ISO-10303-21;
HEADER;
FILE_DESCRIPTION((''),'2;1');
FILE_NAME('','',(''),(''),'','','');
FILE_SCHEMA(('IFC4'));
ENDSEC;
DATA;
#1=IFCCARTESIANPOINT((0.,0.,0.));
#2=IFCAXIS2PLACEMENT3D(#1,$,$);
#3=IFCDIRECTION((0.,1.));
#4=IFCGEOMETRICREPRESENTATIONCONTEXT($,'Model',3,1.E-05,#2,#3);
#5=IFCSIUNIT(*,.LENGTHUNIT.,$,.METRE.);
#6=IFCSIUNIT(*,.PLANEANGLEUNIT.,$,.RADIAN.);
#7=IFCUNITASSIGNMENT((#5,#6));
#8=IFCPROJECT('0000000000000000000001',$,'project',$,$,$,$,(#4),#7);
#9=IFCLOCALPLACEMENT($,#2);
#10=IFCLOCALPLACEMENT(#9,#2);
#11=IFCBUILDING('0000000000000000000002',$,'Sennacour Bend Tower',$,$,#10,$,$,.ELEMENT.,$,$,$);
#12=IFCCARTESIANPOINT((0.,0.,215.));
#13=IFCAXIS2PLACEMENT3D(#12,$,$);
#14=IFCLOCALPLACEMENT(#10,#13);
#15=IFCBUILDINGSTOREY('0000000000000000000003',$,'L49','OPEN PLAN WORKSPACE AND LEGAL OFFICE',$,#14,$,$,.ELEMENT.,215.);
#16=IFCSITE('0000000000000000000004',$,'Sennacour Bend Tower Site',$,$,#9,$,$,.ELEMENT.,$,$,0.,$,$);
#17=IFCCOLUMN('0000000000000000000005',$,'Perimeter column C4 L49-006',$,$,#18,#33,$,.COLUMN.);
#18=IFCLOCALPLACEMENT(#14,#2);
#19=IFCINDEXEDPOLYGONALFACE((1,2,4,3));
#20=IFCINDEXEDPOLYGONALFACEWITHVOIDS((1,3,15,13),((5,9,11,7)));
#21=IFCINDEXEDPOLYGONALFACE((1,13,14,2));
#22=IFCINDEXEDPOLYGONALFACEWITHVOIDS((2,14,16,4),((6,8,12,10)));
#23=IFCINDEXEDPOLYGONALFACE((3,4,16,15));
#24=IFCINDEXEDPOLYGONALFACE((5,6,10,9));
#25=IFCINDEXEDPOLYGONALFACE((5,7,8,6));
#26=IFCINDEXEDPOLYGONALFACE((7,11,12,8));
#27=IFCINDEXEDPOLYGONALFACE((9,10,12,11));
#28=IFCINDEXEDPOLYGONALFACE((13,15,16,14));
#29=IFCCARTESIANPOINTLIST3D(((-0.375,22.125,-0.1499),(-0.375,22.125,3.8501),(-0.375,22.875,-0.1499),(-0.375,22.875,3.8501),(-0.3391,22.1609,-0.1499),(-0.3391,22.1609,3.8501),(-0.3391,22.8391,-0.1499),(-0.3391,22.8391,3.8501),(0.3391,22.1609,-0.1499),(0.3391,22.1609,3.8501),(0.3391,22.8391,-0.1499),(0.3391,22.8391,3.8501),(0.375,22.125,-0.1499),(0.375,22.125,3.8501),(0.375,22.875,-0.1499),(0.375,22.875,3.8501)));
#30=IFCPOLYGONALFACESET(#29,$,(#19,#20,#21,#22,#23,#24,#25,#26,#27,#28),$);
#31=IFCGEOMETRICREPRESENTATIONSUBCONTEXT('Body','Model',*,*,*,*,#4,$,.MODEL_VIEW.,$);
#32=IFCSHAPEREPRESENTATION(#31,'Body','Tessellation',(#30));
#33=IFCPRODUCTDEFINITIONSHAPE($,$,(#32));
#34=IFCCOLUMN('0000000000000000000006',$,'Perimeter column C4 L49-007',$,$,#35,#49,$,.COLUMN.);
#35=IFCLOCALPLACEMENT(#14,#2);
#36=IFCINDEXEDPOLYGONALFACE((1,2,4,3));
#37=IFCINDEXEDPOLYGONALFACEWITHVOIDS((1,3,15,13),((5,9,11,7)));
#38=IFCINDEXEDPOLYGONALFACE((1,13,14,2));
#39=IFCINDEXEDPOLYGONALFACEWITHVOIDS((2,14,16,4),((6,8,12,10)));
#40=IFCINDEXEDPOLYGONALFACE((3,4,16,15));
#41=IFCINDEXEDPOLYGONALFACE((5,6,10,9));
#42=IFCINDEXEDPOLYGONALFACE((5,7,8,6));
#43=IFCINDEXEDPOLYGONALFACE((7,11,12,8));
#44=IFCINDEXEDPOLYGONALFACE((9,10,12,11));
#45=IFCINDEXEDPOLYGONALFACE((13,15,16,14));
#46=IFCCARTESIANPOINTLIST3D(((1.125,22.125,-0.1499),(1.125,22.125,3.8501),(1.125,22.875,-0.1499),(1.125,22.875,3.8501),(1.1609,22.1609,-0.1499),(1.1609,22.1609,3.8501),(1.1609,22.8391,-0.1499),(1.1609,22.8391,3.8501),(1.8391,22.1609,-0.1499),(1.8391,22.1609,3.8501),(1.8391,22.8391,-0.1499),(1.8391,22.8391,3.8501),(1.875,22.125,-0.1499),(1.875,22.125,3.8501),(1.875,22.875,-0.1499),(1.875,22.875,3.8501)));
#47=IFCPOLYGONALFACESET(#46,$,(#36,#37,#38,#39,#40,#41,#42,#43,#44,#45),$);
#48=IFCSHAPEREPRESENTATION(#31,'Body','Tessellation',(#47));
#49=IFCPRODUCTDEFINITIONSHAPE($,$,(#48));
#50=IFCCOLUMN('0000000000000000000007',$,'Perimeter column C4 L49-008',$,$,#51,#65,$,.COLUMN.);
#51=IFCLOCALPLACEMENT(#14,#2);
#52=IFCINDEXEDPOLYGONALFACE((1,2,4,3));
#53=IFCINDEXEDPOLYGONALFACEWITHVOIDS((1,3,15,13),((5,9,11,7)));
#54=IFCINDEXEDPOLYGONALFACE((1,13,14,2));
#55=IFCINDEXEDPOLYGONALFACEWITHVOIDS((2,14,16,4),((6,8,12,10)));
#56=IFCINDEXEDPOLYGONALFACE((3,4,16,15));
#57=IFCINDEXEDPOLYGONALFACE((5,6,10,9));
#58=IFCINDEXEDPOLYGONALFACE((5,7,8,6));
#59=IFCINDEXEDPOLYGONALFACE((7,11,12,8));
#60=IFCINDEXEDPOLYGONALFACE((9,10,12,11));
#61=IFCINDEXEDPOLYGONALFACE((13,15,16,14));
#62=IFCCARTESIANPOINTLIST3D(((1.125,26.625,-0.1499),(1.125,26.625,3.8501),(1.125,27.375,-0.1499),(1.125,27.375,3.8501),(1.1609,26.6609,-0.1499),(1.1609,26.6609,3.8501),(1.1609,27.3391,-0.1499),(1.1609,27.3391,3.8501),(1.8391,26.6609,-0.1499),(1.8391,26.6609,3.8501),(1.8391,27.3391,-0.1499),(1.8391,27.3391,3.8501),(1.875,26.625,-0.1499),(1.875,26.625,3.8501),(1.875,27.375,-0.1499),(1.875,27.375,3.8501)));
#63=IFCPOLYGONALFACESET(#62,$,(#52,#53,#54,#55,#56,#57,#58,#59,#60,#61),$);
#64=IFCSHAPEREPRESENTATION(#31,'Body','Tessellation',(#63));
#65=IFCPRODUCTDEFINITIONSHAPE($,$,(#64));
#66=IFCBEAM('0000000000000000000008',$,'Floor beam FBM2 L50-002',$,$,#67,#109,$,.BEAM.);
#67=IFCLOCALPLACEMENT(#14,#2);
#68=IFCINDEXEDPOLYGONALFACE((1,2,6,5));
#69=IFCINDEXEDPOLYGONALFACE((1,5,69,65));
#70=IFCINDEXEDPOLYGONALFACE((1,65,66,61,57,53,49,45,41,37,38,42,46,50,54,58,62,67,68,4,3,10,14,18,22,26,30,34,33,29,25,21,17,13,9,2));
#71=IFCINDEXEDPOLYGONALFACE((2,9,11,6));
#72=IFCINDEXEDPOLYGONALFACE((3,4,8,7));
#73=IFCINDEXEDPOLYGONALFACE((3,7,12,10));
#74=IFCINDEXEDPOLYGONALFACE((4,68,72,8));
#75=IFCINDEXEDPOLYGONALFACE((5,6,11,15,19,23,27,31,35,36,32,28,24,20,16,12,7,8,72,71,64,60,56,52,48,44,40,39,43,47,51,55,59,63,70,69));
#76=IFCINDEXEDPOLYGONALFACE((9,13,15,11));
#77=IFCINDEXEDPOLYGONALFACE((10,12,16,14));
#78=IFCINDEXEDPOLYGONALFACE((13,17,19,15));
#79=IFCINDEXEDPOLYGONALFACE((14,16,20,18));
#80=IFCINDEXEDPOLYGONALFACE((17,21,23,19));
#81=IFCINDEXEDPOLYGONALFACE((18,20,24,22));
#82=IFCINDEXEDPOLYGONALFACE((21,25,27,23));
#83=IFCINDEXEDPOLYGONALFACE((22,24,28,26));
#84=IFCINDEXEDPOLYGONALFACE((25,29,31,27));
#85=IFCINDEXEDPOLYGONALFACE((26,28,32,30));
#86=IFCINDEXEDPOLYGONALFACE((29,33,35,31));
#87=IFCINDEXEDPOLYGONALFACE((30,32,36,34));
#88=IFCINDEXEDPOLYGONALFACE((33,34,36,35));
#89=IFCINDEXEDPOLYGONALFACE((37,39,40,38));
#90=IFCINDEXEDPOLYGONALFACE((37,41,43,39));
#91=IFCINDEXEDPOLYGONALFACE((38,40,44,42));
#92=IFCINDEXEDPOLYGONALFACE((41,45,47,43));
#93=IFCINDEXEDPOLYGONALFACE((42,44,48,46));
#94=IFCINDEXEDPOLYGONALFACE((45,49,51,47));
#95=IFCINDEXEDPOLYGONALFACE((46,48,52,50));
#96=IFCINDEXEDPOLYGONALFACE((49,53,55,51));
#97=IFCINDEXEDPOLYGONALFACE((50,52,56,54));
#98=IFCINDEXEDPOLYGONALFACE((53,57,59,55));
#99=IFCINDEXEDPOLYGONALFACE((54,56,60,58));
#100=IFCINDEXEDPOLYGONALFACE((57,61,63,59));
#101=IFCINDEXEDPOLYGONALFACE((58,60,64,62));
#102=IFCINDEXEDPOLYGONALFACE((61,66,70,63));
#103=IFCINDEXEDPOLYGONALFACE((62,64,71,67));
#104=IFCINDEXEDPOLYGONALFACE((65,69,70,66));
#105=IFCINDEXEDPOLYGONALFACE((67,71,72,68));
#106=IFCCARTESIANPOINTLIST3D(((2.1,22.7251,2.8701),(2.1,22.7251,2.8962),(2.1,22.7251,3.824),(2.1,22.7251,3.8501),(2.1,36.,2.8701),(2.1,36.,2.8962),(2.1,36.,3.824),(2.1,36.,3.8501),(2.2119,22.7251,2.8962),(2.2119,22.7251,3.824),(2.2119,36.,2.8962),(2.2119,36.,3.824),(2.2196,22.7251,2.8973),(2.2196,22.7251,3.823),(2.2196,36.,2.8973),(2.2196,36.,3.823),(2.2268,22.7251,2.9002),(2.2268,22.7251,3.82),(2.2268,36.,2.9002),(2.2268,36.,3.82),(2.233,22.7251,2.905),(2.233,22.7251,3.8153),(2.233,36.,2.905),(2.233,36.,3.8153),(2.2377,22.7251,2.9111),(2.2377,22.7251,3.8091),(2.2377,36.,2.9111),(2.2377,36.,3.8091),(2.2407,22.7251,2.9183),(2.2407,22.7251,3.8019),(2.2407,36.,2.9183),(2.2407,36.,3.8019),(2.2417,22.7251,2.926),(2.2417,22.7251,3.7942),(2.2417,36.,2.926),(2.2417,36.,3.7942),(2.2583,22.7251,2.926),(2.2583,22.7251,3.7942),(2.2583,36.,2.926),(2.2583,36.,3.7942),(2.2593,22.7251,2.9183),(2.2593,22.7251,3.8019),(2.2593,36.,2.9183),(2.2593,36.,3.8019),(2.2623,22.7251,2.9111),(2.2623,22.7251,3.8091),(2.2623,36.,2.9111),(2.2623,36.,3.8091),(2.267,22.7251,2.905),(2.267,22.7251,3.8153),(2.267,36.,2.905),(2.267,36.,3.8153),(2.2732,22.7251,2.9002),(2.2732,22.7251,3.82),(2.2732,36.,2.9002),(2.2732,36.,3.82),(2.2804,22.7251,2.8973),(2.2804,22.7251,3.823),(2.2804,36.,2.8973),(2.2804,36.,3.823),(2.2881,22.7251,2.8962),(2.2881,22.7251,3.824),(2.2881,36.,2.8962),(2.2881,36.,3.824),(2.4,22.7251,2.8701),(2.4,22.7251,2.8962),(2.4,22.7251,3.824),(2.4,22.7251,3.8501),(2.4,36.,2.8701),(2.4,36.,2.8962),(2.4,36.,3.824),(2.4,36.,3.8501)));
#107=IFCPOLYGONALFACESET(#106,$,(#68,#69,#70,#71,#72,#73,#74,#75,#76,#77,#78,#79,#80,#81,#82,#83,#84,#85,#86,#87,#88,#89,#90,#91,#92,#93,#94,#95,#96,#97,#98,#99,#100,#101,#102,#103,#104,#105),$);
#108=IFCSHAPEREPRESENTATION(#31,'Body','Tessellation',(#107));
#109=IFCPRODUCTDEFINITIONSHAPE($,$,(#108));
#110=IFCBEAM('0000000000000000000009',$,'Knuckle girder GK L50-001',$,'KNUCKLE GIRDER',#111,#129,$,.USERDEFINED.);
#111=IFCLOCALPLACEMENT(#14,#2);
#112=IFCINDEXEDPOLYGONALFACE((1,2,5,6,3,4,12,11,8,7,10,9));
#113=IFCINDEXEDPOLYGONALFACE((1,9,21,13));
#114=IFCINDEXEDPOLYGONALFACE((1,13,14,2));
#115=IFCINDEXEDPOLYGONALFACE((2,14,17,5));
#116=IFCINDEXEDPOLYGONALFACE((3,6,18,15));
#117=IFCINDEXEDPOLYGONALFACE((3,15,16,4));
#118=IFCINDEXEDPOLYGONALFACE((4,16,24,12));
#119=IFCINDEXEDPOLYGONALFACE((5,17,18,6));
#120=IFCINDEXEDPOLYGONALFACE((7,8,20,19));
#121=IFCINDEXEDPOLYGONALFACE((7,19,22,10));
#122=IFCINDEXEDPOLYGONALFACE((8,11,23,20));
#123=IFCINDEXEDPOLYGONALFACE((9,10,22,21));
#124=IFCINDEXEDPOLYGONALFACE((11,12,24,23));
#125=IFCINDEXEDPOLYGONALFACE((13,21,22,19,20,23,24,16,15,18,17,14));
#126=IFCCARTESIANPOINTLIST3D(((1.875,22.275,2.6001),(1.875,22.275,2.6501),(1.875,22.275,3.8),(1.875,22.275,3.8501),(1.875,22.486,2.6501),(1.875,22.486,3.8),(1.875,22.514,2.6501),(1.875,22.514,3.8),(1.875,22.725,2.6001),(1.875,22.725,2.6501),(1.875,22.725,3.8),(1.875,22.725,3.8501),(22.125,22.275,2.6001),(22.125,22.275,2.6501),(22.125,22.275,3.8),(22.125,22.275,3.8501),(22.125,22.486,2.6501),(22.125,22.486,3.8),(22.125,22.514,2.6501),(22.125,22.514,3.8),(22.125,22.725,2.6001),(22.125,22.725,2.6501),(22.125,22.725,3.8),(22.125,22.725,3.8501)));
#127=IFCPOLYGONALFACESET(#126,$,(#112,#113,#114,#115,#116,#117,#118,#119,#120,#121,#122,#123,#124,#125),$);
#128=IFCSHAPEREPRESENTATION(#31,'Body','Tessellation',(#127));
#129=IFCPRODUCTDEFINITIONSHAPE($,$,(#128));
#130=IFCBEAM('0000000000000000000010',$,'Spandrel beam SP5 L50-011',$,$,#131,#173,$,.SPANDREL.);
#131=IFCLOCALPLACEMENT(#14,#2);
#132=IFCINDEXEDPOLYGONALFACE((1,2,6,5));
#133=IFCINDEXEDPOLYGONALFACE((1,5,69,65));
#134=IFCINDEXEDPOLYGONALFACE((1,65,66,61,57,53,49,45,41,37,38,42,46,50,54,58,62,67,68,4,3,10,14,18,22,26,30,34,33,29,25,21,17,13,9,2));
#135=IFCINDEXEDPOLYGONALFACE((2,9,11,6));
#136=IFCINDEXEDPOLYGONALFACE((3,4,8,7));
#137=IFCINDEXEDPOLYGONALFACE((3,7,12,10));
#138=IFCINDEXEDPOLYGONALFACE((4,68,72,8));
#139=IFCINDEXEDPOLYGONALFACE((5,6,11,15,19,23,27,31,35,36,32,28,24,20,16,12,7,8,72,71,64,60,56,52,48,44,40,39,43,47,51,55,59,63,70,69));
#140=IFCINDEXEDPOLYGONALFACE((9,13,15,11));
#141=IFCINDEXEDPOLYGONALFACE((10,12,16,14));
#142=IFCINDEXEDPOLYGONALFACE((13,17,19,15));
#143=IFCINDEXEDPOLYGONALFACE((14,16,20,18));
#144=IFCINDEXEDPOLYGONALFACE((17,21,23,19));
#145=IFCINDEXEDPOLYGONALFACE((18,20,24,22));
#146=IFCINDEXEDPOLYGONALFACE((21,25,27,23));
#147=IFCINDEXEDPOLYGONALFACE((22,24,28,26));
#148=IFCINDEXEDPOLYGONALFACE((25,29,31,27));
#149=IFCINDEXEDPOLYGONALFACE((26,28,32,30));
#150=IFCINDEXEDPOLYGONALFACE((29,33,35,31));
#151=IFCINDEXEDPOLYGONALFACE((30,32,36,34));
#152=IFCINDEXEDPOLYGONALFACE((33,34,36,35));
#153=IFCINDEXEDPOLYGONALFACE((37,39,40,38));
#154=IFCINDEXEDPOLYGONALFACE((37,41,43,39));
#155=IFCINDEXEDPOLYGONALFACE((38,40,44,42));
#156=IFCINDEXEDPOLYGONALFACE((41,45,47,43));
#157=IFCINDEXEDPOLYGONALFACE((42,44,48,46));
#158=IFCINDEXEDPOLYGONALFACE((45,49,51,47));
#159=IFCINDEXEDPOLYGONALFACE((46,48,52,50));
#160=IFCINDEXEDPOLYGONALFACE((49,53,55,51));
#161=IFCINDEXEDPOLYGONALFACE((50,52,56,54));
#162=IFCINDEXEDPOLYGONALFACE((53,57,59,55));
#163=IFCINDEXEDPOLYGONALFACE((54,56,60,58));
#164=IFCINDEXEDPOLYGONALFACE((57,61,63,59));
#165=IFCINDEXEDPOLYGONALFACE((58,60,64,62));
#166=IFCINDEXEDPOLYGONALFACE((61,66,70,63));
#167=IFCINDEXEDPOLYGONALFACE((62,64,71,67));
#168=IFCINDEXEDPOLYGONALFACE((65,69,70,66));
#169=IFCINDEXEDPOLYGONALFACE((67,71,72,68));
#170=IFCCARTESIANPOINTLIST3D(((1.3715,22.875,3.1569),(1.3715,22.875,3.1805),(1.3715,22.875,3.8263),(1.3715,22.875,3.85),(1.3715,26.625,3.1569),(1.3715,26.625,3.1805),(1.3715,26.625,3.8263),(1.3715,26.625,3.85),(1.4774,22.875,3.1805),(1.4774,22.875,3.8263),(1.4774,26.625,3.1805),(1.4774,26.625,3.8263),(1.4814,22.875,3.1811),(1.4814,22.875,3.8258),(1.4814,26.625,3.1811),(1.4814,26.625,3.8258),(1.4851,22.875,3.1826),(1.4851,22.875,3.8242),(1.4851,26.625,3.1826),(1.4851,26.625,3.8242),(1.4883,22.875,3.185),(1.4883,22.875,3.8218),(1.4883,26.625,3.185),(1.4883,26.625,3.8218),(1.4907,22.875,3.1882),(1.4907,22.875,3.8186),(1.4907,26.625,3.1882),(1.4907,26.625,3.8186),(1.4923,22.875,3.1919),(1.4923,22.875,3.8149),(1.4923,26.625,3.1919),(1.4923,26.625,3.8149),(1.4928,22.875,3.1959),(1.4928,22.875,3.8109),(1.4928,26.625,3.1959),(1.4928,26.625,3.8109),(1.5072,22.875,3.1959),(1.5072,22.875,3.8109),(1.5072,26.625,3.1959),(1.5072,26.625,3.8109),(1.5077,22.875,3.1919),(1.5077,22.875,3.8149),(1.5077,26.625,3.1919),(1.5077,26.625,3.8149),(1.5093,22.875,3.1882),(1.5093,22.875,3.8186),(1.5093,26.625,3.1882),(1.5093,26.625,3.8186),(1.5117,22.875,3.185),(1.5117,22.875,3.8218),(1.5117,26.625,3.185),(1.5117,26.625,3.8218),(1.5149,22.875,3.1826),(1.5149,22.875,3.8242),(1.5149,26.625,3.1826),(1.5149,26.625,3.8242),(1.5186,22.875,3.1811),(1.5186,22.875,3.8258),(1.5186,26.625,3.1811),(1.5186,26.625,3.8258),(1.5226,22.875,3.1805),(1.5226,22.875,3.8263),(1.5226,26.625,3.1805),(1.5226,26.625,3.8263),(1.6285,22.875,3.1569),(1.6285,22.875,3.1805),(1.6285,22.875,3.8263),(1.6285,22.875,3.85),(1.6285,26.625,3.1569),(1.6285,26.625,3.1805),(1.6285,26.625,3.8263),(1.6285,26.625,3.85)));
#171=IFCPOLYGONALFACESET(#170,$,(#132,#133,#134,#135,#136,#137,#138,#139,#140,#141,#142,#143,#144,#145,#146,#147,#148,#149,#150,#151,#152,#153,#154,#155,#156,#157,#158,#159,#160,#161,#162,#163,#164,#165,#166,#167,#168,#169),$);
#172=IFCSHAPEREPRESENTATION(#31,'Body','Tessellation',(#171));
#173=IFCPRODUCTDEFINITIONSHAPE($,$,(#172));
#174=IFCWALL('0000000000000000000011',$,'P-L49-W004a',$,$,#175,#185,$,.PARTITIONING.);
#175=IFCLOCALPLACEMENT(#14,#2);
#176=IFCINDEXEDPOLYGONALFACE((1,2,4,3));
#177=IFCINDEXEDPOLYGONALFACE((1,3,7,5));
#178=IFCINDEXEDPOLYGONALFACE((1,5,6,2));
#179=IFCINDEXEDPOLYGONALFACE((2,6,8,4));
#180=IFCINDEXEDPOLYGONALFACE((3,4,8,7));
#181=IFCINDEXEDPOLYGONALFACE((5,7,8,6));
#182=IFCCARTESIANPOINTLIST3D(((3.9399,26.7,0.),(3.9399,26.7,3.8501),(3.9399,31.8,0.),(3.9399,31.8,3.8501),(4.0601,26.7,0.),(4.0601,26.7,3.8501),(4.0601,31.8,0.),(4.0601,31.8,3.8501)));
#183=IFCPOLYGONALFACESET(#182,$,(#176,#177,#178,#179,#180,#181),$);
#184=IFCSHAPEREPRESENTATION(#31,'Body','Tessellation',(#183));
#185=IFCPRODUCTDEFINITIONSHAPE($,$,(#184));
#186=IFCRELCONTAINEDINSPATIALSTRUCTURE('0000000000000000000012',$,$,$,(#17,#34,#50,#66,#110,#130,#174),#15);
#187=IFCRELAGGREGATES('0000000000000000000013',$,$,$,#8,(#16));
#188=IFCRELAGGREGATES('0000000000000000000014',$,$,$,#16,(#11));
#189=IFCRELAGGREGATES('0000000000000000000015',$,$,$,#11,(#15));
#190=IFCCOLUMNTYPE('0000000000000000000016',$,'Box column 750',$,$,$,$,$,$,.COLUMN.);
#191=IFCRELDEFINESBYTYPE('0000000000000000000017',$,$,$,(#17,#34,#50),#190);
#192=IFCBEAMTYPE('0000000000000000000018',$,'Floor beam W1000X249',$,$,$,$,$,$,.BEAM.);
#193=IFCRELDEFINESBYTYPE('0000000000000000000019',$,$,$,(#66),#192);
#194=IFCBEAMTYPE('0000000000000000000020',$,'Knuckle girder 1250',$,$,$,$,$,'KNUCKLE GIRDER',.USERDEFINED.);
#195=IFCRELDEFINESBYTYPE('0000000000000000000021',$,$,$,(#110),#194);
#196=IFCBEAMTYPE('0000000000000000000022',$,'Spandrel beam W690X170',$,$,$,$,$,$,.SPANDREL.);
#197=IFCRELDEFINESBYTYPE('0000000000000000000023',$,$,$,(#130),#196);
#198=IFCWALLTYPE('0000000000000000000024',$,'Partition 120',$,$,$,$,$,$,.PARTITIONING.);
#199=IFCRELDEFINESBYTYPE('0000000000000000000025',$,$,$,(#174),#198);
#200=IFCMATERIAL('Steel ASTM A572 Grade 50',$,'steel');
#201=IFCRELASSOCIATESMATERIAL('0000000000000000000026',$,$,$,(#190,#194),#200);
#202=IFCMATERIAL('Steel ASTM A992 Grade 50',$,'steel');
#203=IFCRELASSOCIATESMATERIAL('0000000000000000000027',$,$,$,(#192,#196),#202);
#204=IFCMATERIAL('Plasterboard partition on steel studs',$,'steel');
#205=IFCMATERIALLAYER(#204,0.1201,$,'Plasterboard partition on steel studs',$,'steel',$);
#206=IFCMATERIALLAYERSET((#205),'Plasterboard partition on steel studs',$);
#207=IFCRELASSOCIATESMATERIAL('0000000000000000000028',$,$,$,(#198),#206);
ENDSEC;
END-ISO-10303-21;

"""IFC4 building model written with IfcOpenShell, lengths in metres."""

from ifc_helpers import new_model, si_unit, direction, frame, frame_2d, origin, origin_2d, place, context, subcontext, project, spatial, rectangle, hollow_rectangle, i_section, extrude, material, layer, layer_set, material_profile, profile_set, type_object, element, save


model = new_model("IFC4")

# Units and contexts
model_context = context("Model", 3, precision=1e-05, world=origin(), true_north=direction((0.0, 1.0)))
body_context = subcontext(model_context, "Body", "Model", "MODEL_VIEW")
ifc_project = project(units=[si_unit("LENGTHUNIT", "METRE"), si_unit("PLANEANGLEUNIT", "RADIAN")], contexts=[model_context])

# Site, building, storey
site_placement = place(None, origin())
site = spatial("IfcSite", under=ifc_project, at=site_placement, Name="Sennacour Bend Tower Site", CompositionType="ELEMENT", RefElevation=0.0)
building_placement = place(site_placement, origin())
building = spatial("IfcBuilding", under=site, at=building_placement, Name="Sennacour Bend Tower", CompositionType="ELEMENT")
storey_placement = place(building_placement, frame((0.0, 0.0, 215.0)))
storey = spatial("IfcBuildingStorey", under=building, at=storey_placement, Name="L49", Description="OPEN PLAN WORKSPACE AND LEGAL OFFICE", CompositionType="ELEMENT", Elevation=215.0)

# Columns
ifc_material_1 = material(Name="Steel ASTM A572 Grade 50", Category="steel")
ifc_material_profile_1 = material_profile(ifc_material_1, hollow_rectangle(XDim=0.75, YDim=0.75, WallThickness=0.0359, at=origin_2d()), Name="Steel ASTM A572 Grade 50", Category="steel")
ifc_profile_set_1 = profile_set([ifc_material_profile_1], Name="Steel ASTM A572 Grade 50")
column_type = type_object("IfcColumnType", Name="Box column 750", PredefinedType="COLUMN", material=ifc_profile_set_1)
for number, where, z_axis, x_axis, name in (
    (1, (0.0, 22.5, -0.1499), (0.0, 0.0, 1.0), (1.0, 0.0, 0.0), "Perimeter column C4 L49-006"),
    (2, (1.5, 22.5, -0.1499), (0.0, 0.0, 1.0), (1.0, 0.0, 0.0), "Perimeter column C4 L49-007"),
    (3, (1.5, 27.0, -0.1499), (0.0, 0.0, 1.0), (1.0, 0.0, 0.0), "Perimeter column C4 L49-008"),
):
    element("IfcColumn", number, at=place(storey_placement, frame(where, z_axis=z_axis, x_axis=x_axis)), inside=storey, type_object=column_type, Name=name, PredefinedType="COLUMN", context=body_context, shape_type="SweptSolid", body=[
        extrude(hollow_rectangle(XDim=0.75, YDim=0.75, WallThickness=0.0359, at=origin_2d()), origin(), (0.0, 0.0, 1.0), 4.0),
    ])

# Beams
ifc_material_2 = material(Name="Steel ASTM A992 Grade 50", Category="steel")
ifc_material_profile_2 = material_profile(ifc_material_2, i_section(OverallWidth=0.3, OverallDepth=0.98, WebThickness=0.0166, FlangeThickness=0.0261, FilletRadius=0.0298, at=origin_2d()), Name="Steel ASTM A992 Grade 50", Category="steel")
ifc_profile_set_2 = profile_set([ifc_material_profile_2], Name="Steel ASTM A992 Grade 50")
beam_type_1 = type_object("IfcBeamType", Name="Floor beam W1000X249", PredefinedType="BEAM", material=ifc_profile_set_2)
beam_1_placement = place(storey_placement, frame((2.25, 22.7251, 3.3601), z_axis=(0.0, 1.0, 0.0), x_axis=(-1.0, 0.0, 0.0)))
element("IfcBeam", 4, at=beam_1_placement, inside=storey, type_object=beam_type_1, Name="Floor beam FBM2 L50-002", PredefinedType="BEAM", context=body_context, shape_type="SweptSolid", body=[
    extrude(i_section(OverallWidth=0.3, OverallDepth=0.98, WebThickness=0.0166, FlangeThickness=0.0261, FilletRadius=0.0298, at=origin_2d()), origin(), (0.0, 0.0, 1.0), 13.2749),
])
ifc_material_profile_3 = material_profile(ifc_material_1, i_section(OverallWidth=0.45, OverallDepth=1.25, WebThickness=0.0281, FlangeThickness=0.05, at=origin_2d()), Name="Steel ASTM A572 Grade 50", Category="steel")
ifc_profile_set_3 = profile_set([ifc_material_profile_3], Name="Steel ASTM A572 Grade 50")
beam_type_2 = type_object("IfcBeamType", Name="Knuckle girder 1250", ElementType="KNUCKLE GIRDER", PredefinedType="USERDEFINED", material=ifc_profile_set_3)
beam_2_placement = place(storey_placement, frame((1.875, 22.5, 3.2251), z_axis=(1.0, 0.0, 0.0), x_axis=(0.0, 1.0, 0.0)))
element("IfcBeam", 5, at=beam_2_placement, inside=storey, type_object=beam_type_2, Name="Knuckle girder GK L50-001", ObjectType="KNUCKLE GIRDER", PredefinedType="USERDEFINED", context=body_context, shape_type="SweptSolid", body=[
    extrude(i_section(OverallWidth=0.45, OverallDepth=1.25, WebThickness=0.0281, FlangeThickness=0.05, at=origin_2d()), origin(), (0.0, 0.0, 1.0), 20.25),
])
ifc_material_profile_4 = material_profile(ifc_material_2, i_section(OverallWidth=0.2571, OverallDepth=0.6931, WebThickness=0.0144, FlangeThickness=0.0237, FilletRadius=0.0154, at=origin_2d()), Name="Steel ASTM A992 Grade 50", Category="steel")
ifc_profile_set_4 = profile_set([ifc_material_profile_4], Name="Steel ASTM A992 Grade 50")
beam_type_3 = type_object("IfcBeamType", Name="Spandrel beam W690X170", PredefinedType="SPANDREL", material=ifc_profile_set_4)
beam_3_placement = place(storey_placement, frame((1.5, 22.875, 3.5034), z_axis=(0.0, 1.0, 0.0), x_axis=(-1.0, 0.0, 0.0)))
element("IfcBeam", 6, at=beam_3_placement, inside=storey, type_object=beam_type_3, Name="Spandrel beam SP5 L50-011", PredefinedType="SPANDREL", context=body_context, shape_type="SweptSolid", body=[
    extrude(i_section(OverallWidth=0.2571, OverallDepth=0.6931, WebThickness=0.0144, FlangeThickness=0.0237, FilletRadius=0.0154, at=origin_2d()), origin(), (0.0, 0.0, 1.0), 3.75),
])

# Wall
ifc_material_3 = material(Name="Plasterboard partition on steel studs", Category="steel")
ifc_layer_1 = layer(ifc_material_3, 0.1201, Name="Plasterboard partition on steel studs", Category="steel")
ifc_layer_set_1 = layer_set([ifc_layer_1], Name="Plasterboard partition on steel studs")
wall_type_1 = type_object("IfcWallType", Name="Partition 120", PredefinedType="PARTITIONING", material=ifc_layer_set_1)
wall_1_placement = place(storey_placement, frame((4.0, 26.7, 0.0), z_axis=(0.0, 0.0, 1.0), x_axis=(0.0, 1.0, 0.0)))
element("IfcWall", 7, at=wall_1_placement, inside=storey, type_object=wall_type_1, Name="P-L49-W004a", PredefinedType="PARTITIONING", context=body_context, shape_type="SweptSolid", body=[
    extrude(rectangle(XDim=5.1001, YDim=0.1201, at=frame_2d((2.55, 0.0))), origin(), (0.0, 0.0, 1.0), 3.8501),
])

save(model, "model.ifc")
